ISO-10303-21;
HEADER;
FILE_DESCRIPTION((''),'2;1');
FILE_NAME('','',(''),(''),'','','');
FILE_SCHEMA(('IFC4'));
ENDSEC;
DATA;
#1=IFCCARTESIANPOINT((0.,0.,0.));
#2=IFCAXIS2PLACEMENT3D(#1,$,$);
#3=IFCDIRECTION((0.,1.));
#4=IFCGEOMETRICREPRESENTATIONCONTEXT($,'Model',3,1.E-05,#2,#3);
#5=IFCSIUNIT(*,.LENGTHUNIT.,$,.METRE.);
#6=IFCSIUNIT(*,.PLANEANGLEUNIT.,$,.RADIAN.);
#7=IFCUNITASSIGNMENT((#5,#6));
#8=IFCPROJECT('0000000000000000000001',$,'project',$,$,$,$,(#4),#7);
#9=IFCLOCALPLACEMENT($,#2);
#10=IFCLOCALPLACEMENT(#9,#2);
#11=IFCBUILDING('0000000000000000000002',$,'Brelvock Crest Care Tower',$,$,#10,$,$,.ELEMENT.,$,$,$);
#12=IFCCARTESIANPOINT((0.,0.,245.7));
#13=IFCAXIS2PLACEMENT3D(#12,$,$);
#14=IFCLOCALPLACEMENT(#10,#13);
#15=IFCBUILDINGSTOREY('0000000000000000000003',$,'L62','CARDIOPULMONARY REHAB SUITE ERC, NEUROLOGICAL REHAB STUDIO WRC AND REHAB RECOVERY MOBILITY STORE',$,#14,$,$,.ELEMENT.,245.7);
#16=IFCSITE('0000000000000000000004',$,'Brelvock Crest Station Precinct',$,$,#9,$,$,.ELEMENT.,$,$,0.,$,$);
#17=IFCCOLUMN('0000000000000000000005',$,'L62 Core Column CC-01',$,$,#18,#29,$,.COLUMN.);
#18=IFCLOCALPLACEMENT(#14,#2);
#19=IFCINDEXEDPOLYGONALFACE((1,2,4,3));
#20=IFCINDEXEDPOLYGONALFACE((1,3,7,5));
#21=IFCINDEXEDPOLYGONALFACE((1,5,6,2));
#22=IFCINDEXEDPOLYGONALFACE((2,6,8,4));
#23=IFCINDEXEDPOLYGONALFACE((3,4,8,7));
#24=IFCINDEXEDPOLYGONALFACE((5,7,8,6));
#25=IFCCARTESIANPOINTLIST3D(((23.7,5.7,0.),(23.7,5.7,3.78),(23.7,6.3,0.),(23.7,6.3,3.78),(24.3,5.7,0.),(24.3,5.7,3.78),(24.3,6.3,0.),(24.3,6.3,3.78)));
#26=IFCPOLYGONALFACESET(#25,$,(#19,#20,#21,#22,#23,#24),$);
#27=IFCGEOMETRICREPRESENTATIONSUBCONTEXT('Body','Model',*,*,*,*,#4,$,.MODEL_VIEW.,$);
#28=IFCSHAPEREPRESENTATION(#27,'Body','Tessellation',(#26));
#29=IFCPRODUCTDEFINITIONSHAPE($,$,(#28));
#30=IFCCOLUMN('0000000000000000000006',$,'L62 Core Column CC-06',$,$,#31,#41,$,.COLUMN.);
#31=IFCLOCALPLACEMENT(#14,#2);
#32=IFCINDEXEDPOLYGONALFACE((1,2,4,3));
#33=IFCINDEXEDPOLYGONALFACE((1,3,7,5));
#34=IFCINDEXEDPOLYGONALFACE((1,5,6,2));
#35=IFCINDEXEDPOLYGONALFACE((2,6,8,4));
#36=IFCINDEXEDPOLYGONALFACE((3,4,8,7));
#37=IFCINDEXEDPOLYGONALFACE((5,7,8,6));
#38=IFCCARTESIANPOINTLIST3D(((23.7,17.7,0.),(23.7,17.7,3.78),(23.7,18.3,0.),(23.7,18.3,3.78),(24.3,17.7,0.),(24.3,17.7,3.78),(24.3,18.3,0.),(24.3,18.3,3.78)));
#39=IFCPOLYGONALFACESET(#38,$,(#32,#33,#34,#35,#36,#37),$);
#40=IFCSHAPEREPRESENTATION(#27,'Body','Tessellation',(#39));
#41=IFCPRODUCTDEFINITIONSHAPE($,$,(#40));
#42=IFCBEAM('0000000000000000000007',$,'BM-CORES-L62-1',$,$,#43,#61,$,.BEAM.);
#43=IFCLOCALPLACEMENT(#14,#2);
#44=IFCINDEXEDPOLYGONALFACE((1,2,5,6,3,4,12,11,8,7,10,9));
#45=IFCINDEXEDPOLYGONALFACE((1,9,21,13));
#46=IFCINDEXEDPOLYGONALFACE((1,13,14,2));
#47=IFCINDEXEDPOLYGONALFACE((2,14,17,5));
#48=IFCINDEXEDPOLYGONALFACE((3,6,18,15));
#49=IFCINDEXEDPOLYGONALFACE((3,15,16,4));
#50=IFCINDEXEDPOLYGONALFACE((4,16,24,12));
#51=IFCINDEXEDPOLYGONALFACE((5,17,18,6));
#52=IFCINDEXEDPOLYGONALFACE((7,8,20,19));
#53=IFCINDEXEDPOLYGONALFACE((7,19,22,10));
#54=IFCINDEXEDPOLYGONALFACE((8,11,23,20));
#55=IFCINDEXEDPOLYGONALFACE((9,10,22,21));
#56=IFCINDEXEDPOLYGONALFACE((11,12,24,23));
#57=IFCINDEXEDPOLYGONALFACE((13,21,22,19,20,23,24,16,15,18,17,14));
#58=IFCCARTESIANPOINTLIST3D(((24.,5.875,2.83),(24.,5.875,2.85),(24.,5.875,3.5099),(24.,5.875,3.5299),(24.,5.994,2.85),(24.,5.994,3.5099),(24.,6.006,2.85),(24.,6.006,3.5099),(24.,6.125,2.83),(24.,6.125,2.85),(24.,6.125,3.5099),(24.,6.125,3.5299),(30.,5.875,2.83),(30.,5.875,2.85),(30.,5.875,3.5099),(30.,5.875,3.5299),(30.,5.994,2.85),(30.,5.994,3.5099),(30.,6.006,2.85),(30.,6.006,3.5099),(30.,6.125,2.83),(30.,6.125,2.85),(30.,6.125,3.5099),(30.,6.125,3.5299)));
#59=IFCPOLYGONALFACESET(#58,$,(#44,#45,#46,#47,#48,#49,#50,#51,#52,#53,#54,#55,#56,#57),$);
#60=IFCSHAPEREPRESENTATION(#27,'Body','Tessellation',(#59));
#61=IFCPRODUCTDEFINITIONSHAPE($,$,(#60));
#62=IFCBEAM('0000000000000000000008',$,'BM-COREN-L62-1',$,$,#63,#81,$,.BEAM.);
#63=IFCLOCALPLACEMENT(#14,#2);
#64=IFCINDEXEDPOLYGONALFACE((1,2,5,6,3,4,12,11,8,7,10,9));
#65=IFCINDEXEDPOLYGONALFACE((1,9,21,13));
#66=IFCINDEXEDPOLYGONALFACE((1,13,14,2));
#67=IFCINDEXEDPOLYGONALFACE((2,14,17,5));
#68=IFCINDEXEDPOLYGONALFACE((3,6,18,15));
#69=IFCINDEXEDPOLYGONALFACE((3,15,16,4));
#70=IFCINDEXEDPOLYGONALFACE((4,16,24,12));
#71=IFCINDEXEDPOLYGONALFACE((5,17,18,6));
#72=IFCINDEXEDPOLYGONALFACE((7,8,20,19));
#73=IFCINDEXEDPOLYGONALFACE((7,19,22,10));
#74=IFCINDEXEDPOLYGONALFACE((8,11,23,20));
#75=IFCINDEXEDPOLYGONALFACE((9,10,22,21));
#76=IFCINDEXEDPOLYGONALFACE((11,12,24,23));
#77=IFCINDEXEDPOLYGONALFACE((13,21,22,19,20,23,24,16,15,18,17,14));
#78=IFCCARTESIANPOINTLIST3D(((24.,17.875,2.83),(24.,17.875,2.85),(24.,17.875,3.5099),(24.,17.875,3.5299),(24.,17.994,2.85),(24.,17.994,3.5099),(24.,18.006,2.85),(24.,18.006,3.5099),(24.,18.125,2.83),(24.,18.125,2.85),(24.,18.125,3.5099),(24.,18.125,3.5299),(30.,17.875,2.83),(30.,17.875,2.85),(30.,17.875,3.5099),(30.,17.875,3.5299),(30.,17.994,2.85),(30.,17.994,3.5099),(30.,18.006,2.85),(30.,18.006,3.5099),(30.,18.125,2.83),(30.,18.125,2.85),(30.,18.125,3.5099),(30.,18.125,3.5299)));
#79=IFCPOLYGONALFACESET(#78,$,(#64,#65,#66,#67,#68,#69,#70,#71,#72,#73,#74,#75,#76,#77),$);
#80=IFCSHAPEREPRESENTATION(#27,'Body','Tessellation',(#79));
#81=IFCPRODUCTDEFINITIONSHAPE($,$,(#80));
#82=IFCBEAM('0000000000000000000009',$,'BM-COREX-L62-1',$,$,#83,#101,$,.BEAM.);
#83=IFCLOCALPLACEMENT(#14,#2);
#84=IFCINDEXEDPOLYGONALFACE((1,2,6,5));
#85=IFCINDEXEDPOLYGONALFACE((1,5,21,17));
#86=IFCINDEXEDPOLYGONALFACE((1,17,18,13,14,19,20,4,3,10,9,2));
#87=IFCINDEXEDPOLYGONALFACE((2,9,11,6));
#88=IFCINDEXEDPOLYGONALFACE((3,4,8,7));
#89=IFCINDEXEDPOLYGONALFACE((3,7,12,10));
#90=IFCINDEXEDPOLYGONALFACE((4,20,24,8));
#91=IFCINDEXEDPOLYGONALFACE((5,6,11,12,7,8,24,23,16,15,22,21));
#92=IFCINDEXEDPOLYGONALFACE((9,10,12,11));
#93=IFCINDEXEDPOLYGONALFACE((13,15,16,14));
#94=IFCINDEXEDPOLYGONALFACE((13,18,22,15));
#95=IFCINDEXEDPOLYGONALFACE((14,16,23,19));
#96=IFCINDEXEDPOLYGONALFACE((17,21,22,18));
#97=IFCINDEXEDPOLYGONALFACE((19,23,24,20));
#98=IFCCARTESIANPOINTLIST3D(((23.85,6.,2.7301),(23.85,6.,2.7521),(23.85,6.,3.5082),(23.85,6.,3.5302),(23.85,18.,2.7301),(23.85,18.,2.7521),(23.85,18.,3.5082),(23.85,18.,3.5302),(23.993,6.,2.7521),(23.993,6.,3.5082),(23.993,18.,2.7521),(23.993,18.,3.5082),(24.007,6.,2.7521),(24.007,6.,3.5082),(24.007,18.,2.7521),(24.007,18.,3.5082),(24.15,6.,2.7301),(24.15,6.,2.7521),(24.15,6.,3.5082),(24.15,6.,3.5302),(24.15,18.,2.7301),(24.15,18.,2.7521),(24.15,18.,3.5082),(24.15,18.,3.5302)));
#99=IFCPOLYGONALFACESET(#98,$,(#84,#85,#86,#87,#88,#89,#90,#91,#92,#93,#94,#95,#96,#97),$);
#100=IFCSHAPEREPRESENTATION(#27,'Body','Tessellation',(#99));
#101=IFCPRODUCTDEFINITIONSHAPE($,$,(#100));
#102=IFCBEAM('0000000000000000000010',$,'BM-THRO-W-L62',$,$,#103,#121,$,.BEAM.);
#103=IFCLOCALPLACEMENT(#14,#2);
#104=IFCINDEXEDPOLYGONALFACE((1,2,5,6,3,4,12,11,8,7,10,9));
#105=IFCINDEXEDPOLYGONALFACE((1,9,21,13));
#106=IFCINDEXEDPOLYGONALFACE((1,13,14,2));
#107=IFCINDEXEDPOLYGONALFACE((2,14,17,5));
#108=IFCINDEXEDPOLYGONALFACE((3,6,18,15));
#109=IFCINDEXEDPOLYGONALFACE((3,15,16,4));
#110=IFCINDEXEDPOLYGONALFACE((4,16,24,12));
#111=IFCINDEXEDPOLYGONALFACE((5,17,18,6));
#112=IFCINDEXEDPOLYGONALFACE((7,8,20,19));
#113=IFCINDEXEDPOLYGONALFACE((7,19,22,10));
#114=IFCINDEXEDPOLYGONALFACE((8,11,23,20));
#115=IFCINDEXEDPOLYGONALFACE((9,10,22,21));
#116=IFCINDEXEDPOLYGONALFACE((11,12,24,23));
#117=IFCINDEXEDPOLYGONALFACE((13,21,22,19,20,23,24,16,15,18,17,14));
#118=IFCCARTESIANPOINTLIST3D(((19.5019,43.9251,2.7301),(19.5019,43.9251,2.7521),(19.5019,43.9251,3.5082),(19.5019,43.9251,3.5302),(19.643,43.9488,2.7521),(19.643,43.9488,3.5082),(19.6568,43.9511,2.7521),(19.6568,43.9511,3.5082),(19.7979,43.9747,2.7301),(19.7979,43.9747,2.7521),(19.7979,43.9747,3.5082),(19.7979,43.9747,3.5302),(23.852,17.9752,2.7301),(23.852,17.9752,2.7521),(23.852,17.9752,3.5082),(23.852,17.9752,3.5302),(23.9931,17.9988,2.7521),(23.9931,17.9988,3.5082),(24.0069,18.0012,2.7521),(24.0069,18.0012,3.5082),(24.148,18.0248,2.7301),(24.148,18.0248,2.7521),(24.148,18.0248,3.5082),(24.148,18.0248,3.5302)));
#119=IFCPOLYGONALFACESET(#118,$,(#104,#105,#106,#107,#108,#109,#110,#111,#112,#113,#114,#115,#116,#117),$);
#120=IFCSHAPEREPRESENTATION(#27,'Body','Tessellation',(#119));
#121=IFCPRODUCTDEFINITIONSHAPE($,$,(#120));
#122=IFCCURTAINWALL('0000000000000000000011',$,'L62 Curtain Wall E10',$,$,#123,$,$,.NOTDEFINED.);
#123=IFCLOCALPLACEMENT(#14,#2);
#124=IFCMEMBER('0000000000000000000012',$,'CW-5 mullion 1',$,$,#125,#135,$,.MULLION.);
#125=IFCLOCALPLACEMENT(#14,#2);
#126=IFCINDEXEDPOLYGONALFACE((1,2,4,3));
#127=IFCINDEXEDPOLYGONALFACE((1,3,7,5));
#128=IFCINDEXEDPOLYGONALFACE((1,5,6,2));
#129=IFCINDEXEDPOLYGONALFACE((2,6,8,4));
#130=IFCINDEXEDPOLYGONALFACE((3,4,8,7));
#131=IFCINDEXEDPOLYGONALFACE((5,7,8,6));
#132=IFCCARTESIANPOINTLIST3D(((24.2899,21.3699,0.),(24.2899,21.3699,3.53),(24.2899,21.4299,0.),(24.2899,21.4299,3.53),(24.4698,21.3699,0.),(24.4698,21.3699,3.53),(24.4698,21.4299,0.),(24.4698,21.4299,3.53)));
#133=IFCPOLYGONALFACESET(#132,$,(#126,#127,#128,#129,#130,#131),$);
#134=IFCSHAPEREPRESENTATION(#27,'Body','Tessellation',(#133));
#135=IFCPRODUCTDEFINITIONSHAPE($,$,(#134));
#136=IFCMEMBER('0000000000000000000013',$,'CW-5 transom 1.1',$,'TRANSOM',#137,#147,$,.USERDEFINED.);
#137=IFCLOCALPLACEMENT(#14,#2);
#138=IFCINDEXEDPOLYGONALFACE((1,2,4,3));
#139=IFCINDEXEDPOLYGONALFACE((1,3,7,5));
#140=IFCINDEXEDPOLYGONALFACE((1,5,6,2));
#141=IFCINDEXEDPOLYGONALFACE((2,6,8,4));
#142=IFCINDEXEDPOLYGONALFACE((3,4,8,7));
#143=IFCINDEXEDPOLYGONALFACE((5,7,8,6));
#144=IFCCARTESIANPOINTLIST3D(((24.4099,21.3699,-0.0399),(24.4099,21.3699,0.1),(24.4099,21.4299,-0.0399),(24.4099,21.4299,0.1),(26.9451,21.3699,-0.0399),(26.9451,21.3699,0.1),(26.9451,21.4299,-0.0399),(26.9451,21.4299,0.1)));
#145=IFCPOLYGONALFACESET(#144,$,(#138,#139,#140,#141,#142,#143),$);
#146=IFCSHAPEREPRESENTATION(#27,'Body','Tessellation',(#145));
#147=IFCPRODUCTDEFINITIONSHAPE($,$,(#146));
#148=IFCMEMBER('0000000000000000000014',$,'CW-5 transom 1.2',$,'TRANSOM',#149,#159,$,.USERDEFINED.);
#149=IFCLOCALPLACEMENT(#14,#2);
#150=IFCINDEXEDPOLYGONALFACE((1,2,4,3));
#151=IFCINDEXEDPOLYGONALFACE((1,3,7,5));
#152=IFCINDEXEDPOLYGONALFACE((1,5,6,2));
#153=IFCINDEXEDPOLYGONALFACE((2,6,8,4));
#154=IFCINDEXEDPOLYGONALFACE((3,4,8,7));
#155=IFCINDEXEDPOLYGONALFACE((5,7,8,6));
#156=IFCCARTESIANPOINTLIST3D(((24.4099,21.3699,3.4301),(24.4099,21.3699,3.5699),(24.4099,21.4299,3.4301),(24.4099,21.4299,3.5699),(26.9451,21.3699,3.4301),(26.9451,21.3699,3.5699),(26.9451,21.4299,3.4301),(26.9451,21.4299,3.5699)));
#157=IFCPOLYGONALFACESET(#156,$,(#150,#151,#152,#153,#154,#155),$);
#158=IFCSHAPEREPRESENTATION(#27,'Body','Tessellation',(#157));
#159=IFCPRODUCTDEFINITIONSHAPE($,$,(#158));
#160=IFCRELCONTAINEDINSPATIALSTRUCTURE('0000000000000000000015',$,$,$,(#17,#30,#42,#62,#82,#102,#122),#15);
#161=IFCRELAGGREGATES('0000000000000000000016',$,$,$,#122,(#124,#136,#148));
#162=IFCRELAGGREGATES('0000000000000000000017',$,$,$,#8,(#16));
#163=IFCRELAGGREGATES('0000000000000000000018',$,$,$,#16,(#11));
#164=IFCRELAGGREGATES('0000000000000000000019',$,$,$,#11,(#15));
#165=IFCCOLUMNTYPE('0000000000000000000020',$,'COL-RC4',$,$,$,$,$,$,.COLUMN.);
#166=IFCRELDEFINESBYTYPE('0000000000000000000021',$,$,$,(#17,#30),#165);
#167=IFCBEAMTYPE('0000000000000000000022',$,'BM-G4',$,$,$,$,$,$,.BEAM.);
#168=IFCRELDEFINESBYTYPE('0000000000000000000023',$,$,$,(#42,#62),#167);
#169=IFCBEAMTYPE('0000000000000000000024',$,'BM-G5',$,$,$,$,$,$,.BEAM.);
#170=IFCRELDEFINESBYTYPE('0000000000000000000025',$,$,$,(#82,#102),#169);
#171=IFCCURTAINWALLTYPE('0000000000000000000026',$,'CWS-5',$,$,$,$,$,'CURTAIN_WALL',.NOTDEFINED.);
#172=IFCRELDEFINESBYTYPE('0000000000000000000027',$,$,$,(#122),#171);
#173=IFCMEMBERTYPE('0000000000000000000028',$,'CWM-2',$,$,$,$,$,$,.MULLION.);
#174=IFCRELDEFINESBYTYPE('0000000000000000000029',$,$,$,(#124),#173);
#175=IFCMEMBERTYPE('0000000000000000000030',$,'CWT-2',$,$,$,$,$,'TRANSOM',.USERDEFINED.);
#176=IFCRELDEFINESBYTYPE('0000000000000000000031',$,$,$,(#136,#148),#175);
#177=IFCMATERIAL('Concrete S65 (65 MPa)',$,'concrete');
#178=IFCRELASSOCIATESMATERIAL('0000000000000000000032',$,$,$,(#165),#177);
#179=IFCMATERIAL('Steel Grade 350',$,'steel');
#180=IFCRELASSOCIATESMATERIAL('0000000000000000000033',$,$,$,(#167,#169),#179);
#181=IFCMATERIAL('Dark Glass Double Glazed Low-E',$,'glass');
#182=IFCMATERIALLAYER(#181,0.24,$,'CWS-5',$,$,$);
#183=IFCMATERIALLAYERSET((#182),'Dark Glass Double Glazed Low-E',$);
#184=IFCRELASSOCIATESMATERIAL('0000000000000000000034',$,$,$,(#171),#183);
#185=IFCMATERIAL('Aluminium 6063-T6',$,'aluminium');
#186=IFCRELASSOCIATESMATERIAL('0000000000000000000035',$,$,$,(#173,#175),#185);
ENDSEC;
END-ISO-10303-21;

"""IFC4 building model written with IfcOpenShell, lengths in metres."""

from ifc_helpers import new_model, si_unit, direction, frame, origin, origin_2d, place, context, subcontext, project, spatial, rectangle, i_section, extrude, source, transform, mapped, material, layer, layer_set, material_profile, profile_set, type_object, element, aggregate, save


model = new_model("IFC4")

# Units and contexts
model_context = context("Model", 3, precision=1e-05, world=origin(), true_north=direction((0.0, 1.0)))
body_context = subcontext(model_context, "Body", "Model", "MODEL_VIEW")
ifc_project = project(units=[si_unit("LENGTHUNIT", "METRE"), si_unit("PLANEANGLEUNIT", "RADIAN")], contexts=[model_context])

# Site, building, storey
site_placement = place(None, origin())
site = spatial("IfcSite", under=ifc_project, at=site_placement, Name="Brelvock Crest Station Precinct", CompositionType="ELEMENT", RefElevation=0.0)
building_placement = place(site_placement, origin())
building = spatial("IfcBuilding", under=site, at=building_placement, Name="Brelvock Crest Care Tower", CompositionType="ELEMENT")
storey_placement = place(building_placement, frame((0.0, 0.0, 245.7)))
storey = spatial("IfcBuildingStorey", under=building, at=storey_placement, Name="L62", Description="CARDIOPULMONARY REHAB SUITE ERC, NEUROLOGICAL REHAB STUDIO WRC AND REHAB RECOVERY MOBILITY STORE", CompositionType="ELEMENT", Elevation=245.7)

# Columns
ifc_material_1 = material(Name="Concrete S65 (65 MPa)", Category="concrete")
ifc_material_profile_1 = material_profile(ifc_material_1, rectangle(XDim=0.6001, YDim=0.6001, at=origin_2d()), Name="RC600x600")
ifc_profile_set_1 = profile_set([ifc_material_profile_1], Name="Concrete S65 (65 MPa)")
column_type = type_object("IfcColumnType", Name="COL-RC4", PredefinedType="COLUMN", material=ifc_profile_set_1)
shared_shape_1 = source(origin(), body_context, "Body", "SweptSolid", [
    extrude(rectangle(XDim=0.6001, YDim=0.6001, at=origin_2d()), origin(), (0.0, 0.0, 1.0), 3.78),
])
for number, where, z_axis, x_axis, name in (
    (1, (24.0, 6.0, 0.0), (0.0, 0.0, 1.0), (1.0, 0.0, 0.0), "L62 Core Column CC-01"),
    (2, (24.0, 18.0, 0.0), (0.0, 0.0, 1.0), (1.0, 0.0, 0.0), "L62 Core Column CC-06"),
):
    element("IfcColumn", number, at=place(storey_placement, frame(where, z_axis=z_axis, x_axis=x_axis)), inside=storey, type_object=column_type, Name=name, PredefinedType="COLUMN", context=body_context, shape_type="MappedRepresentation", body=[
        mapped(shared_shape_1, transform((0.0, 0.0, 0.0), x_axis=(1.0, 0.0, 0.0), y_axis=(0.0, 1.0, 0.0), z_axis=(0.0, 0.0, 1.0), scale=1.0)),
    ])

# Beams
ifc_material_2 = material(Name="Steel Grade 350", Category="steel")
ifc_material_profile_2 = material_profile(ifc_material_2, i_section(OverallWidth=0.25, OverallDepth=0.7, WebThickness=0.012, FlangeThickness=0.02, at=origin_2d()), Name="700WB150")
ifc_profile_set_2 = profile_set([ifc_material_profile_2], Name="Steel Grade 350")
beam_type_1 = type_object("IfcBeamType", Name="BM-G4", PredefinedType="BEAM", material=ifc_profile_set_2)
shared_shape_2 = source(origin(), body_context, "Body", "SweptSolid", [
    extrude(i_section(OverallWidth=0.25, OverallDepth=0.7, WebThickness=0.012, FlangeThickness=0.02, at=origin_2d()), origin(), (0.0, 0.0, 1.0), 6.0),
])
for number, where, z_axis, x_axis, name in (
    (3, (24.0, 6.0, 3.1799), (1.0, 0.0, 0.0), (0.0, 1.0, 0.0), "BM-CORES-L62-1"),
    (4, (24.0, 18.0, 3.1799), (1.0, 0.0, 0.0), (0.0, 1.0, 0.0), "BM-COREN-L62-1"),
):
    element("IfcBeam", number, at=place(storey_placement, frame(where, z_axis=z_axis, x_axis=x_axis)), inside=storey, type_object=beam_type_1, Name=name, PredefinedType="BEAM", context=body_context, shape_type="MappedRepresentation", body=[
        mapped(shared_shape_2, transform((0.0, 0.0, 0.0), x_axis=(1.0, 0.0, 0.0), y_axis=(0.0, 1.0, 0.0), z_axis=(0.0, 0.0, 1.0), scale=1.0)),
    ])
ifc_material_profile_3 = material_profile(ifc_material_2, i_section(OverallWidth=0.3, OverallDepth=0.8, WebThickness=0.0139, FlangeThickness=0.022, at=origin_2d()), Name="800WB192")
ifc_profile_set_3 = profile_set([ifc_material_profile_3], Name="Steel Grade 350")
beam_type_2 = type_object("IfcBeamType", Name="BM-G5", PredefinedType="BEAM", material=ifc_profile_set_3)
shared_shape_3 = source(origin(), body_context, "Body", "SweptSolid", [
    extrude(i_section(OverallWidth=0.3, OverallDepth=0.8, WebThickness=0.0139, FlangeThickness=0.022, at=origin_2d()), origin(), (0.0, 0.0, 1.0), 12.0),
])
beam_1_placement = place(storey_placement, frame((24.0, 6.0, 3.1301), z_axis=(0.0, 1.0, 0.0), x_axis=(-1.0, 0.0, 0.0)))
element("IfcBeam", 5, at=beam_1_placement, inside=storey, type_object=beam_type_2, Name="BM-COREX-L62-1", PredefinedType="BEAM", context=body_context, shape_type="MappedRepresentation", body=[
    mapped(shared_shape_3, transform((0.0, 0.0, 0.0), x_axis=(1.0, 0.0, 0.0), y_axis=(0.0, 1.0, 0.0), z_axis=(0.0, 0.0, 1.0), scale=1.0)),
])
shared_shape_4 = source(origin(), body_context, "Body", "SweptSolid", [
    extrude(i_section(OverallWidth=0.3, OverallDepth=0.8, WebThickness=0.0139, FlangeThickness=0.022, at=origin_2d()), origin(), (0.0, 0.0, 1.0), 26.312),
])
beam_2_placement = place(storey_placement, frame((24.0, 18.0, 3.1301), z_axis=(-0.165327, 0.986239, 0.0), x_axis=(-0.986239, -0.165327, 0.0)))
element("IfcBeam", 6, at=beam_2_placement, inside=storey, type_object=beam_type_2, Name="BM-THRO-W-L62", PredefinedType="BEAM", context=body_context, shape_type="MappedRepresentation", body=[
    mapped(shared_shape_4, transform((0.0, 0.0, 0.0), x_axis=(1.0, 0.0, 0.0), y_axis=(0.0, 1.0, 0.0), z_axis=(0.0, 0.0, 1.0), scale=1.0)),
])

# Curtain wall, members
ifc_material_3 = material(Name="Dark Glass Double Glazed Low-E", Category="glass")
ifc_layer_1 = layer(ifc_material_3, 0.24, Name="CWS-5")
ifc_layer_set_1 = layer_set([ifc_layer_1], Name="Dark Glass Double Glazed Low-E")
curtain_wall_type = type_object("IfcCurtainWallType", Name="CWS-5", ElementType="CURTAIN_WALL", PredefinedType="NOTDEFINED", material=ifc_layer_set_1)
curtain_wall_placement = place(storey_placement, origin())
curtain_wall = element("IfcCurtainWall", 7, at=curtain_wall_placement, inside=storey, type_object=curtain_wall_type, Name="L62 Curtain Wall E10", PredefinedType="NOTDEFINED")
ifc_material_4 = material(Name="Aluminium 6063-T6", Category="aluminium")
ifc_material_profile_4 = material_profile(ifc_material_4, rectangle(XDim=0.0601, YDim=0.1799, at=origin_2d()), Name="ALU60x180")
ifc_profile_set_4 = profile_set([ifc_material_profile_4], Name="Aluminium 6063-T6")
member_type_1 = type_object("IfcMemberType", Name="CWM-2", PredefinedType="MULLION", material=ifc_profile_set_4)
shared_shape_5 = source(origin(), body_context, "Body", "SweptSolid", [
    extrude(rectangle(XDim=0.0601, YDim=0.1799, at=origin_2d()), origin(), (0.0, 0.0, 1.0), 3.53),
])
member_1_placement = place(storey_placement, frame((24.3799, 21.3999, 0.0), z_axis=(0.0, 0.0, 1.0), x_axis=(0.0, 1.0, 0.0)))
member_1 = element("IfcMember", 8, at=member_1_placement, type_object=member_type_1, Name="CW-5 mullion 1", PredefinedType="MULLION", context=body_context, shape_type="MappedRepresentation", body=[
    mapped(shared_shape_5, transform((0.0, 0.0, 0.0), x_axis=(1.0, 0.0, 0.0), y_axis=(0.0, 1.0, 0.0), z_axis=(0.0, 0.0, 1.0), scale=1.0)),
])
ifc_material_profile_5 = material_profile(ifc_material_4, rectangle(XDim=0.0601, YDim=0.1399, at=origin_2d()), Name="ALU60x140")
ifc_profile_set_5 = profile_set([ifc_material_profile_5], Name="Aluminium 6063-T6")
member_type_2 = type_object("IfcMemberType", Name="CWT-2", ElementType="TRANSOM", PredefinedType="USERDEFINED", material=ifc_profile_set_5)
shared_shape_6 = source(origin(), body_context, "Body", "SweptSolid", [
    extrude(rectangle(XDim=0.0601, YDim=0.1399, at=origin_2d()), origin(), (0.0, 0.0, 1.0), 2.5352),
])
member_2_placement = place(storey_placement, frame((24.4099, 21.3999, 0.03), z_axis=(1.0, 0.0, 0.0), x_axis=(0.0, 1.0, 0.0)))
member_2 = element("IfcMember", 9, at=member_2_placement, type_object=member_type_2, Name="CW-5 transom 1.1", ObjectType="TRANSOM", PredefinedType="USERDEFINED", context=body_context, shape_type="MappedRepresentation", body=[
    mapped(shared_shape_6, transform((0.0, 0.0, 0.0), x_axis=(1.0, 0.0, 0.0), y_axis=(0.0, 1.0, 0.0), z_axis=(0.0, 0.0, 1.0), scale=1.0)),
])
member_3_placement = place(storey_placement, frame((24.4099, 21.3999, 3.5), z_axis=(1.0, 0.0, 0.0), x_axis=(0.0, 1.0, 0.0)))
member_3 = element("IfcMember", 10, at=member_3_placement, type_object=member_type_2, Name="CW-5 transom 1.2", ObjectType="TRANSOM", PredefinedType="USERDEFINED", context=body_context, shape_type="MappedRepresentation", body=[
    mapped(shared_shape_6, transform((0.0, 0.0, 0.0), x_axis=(1.0, 0.0, 0.0), y_axis=(0.0, 1.0, 0.0), z_axis=(0.0, 0.0, 1.0), scale=1.0)),
])

aggregate(curtain_wall, [member_1, member_2, member_3])

save(model, "model.ifc")
